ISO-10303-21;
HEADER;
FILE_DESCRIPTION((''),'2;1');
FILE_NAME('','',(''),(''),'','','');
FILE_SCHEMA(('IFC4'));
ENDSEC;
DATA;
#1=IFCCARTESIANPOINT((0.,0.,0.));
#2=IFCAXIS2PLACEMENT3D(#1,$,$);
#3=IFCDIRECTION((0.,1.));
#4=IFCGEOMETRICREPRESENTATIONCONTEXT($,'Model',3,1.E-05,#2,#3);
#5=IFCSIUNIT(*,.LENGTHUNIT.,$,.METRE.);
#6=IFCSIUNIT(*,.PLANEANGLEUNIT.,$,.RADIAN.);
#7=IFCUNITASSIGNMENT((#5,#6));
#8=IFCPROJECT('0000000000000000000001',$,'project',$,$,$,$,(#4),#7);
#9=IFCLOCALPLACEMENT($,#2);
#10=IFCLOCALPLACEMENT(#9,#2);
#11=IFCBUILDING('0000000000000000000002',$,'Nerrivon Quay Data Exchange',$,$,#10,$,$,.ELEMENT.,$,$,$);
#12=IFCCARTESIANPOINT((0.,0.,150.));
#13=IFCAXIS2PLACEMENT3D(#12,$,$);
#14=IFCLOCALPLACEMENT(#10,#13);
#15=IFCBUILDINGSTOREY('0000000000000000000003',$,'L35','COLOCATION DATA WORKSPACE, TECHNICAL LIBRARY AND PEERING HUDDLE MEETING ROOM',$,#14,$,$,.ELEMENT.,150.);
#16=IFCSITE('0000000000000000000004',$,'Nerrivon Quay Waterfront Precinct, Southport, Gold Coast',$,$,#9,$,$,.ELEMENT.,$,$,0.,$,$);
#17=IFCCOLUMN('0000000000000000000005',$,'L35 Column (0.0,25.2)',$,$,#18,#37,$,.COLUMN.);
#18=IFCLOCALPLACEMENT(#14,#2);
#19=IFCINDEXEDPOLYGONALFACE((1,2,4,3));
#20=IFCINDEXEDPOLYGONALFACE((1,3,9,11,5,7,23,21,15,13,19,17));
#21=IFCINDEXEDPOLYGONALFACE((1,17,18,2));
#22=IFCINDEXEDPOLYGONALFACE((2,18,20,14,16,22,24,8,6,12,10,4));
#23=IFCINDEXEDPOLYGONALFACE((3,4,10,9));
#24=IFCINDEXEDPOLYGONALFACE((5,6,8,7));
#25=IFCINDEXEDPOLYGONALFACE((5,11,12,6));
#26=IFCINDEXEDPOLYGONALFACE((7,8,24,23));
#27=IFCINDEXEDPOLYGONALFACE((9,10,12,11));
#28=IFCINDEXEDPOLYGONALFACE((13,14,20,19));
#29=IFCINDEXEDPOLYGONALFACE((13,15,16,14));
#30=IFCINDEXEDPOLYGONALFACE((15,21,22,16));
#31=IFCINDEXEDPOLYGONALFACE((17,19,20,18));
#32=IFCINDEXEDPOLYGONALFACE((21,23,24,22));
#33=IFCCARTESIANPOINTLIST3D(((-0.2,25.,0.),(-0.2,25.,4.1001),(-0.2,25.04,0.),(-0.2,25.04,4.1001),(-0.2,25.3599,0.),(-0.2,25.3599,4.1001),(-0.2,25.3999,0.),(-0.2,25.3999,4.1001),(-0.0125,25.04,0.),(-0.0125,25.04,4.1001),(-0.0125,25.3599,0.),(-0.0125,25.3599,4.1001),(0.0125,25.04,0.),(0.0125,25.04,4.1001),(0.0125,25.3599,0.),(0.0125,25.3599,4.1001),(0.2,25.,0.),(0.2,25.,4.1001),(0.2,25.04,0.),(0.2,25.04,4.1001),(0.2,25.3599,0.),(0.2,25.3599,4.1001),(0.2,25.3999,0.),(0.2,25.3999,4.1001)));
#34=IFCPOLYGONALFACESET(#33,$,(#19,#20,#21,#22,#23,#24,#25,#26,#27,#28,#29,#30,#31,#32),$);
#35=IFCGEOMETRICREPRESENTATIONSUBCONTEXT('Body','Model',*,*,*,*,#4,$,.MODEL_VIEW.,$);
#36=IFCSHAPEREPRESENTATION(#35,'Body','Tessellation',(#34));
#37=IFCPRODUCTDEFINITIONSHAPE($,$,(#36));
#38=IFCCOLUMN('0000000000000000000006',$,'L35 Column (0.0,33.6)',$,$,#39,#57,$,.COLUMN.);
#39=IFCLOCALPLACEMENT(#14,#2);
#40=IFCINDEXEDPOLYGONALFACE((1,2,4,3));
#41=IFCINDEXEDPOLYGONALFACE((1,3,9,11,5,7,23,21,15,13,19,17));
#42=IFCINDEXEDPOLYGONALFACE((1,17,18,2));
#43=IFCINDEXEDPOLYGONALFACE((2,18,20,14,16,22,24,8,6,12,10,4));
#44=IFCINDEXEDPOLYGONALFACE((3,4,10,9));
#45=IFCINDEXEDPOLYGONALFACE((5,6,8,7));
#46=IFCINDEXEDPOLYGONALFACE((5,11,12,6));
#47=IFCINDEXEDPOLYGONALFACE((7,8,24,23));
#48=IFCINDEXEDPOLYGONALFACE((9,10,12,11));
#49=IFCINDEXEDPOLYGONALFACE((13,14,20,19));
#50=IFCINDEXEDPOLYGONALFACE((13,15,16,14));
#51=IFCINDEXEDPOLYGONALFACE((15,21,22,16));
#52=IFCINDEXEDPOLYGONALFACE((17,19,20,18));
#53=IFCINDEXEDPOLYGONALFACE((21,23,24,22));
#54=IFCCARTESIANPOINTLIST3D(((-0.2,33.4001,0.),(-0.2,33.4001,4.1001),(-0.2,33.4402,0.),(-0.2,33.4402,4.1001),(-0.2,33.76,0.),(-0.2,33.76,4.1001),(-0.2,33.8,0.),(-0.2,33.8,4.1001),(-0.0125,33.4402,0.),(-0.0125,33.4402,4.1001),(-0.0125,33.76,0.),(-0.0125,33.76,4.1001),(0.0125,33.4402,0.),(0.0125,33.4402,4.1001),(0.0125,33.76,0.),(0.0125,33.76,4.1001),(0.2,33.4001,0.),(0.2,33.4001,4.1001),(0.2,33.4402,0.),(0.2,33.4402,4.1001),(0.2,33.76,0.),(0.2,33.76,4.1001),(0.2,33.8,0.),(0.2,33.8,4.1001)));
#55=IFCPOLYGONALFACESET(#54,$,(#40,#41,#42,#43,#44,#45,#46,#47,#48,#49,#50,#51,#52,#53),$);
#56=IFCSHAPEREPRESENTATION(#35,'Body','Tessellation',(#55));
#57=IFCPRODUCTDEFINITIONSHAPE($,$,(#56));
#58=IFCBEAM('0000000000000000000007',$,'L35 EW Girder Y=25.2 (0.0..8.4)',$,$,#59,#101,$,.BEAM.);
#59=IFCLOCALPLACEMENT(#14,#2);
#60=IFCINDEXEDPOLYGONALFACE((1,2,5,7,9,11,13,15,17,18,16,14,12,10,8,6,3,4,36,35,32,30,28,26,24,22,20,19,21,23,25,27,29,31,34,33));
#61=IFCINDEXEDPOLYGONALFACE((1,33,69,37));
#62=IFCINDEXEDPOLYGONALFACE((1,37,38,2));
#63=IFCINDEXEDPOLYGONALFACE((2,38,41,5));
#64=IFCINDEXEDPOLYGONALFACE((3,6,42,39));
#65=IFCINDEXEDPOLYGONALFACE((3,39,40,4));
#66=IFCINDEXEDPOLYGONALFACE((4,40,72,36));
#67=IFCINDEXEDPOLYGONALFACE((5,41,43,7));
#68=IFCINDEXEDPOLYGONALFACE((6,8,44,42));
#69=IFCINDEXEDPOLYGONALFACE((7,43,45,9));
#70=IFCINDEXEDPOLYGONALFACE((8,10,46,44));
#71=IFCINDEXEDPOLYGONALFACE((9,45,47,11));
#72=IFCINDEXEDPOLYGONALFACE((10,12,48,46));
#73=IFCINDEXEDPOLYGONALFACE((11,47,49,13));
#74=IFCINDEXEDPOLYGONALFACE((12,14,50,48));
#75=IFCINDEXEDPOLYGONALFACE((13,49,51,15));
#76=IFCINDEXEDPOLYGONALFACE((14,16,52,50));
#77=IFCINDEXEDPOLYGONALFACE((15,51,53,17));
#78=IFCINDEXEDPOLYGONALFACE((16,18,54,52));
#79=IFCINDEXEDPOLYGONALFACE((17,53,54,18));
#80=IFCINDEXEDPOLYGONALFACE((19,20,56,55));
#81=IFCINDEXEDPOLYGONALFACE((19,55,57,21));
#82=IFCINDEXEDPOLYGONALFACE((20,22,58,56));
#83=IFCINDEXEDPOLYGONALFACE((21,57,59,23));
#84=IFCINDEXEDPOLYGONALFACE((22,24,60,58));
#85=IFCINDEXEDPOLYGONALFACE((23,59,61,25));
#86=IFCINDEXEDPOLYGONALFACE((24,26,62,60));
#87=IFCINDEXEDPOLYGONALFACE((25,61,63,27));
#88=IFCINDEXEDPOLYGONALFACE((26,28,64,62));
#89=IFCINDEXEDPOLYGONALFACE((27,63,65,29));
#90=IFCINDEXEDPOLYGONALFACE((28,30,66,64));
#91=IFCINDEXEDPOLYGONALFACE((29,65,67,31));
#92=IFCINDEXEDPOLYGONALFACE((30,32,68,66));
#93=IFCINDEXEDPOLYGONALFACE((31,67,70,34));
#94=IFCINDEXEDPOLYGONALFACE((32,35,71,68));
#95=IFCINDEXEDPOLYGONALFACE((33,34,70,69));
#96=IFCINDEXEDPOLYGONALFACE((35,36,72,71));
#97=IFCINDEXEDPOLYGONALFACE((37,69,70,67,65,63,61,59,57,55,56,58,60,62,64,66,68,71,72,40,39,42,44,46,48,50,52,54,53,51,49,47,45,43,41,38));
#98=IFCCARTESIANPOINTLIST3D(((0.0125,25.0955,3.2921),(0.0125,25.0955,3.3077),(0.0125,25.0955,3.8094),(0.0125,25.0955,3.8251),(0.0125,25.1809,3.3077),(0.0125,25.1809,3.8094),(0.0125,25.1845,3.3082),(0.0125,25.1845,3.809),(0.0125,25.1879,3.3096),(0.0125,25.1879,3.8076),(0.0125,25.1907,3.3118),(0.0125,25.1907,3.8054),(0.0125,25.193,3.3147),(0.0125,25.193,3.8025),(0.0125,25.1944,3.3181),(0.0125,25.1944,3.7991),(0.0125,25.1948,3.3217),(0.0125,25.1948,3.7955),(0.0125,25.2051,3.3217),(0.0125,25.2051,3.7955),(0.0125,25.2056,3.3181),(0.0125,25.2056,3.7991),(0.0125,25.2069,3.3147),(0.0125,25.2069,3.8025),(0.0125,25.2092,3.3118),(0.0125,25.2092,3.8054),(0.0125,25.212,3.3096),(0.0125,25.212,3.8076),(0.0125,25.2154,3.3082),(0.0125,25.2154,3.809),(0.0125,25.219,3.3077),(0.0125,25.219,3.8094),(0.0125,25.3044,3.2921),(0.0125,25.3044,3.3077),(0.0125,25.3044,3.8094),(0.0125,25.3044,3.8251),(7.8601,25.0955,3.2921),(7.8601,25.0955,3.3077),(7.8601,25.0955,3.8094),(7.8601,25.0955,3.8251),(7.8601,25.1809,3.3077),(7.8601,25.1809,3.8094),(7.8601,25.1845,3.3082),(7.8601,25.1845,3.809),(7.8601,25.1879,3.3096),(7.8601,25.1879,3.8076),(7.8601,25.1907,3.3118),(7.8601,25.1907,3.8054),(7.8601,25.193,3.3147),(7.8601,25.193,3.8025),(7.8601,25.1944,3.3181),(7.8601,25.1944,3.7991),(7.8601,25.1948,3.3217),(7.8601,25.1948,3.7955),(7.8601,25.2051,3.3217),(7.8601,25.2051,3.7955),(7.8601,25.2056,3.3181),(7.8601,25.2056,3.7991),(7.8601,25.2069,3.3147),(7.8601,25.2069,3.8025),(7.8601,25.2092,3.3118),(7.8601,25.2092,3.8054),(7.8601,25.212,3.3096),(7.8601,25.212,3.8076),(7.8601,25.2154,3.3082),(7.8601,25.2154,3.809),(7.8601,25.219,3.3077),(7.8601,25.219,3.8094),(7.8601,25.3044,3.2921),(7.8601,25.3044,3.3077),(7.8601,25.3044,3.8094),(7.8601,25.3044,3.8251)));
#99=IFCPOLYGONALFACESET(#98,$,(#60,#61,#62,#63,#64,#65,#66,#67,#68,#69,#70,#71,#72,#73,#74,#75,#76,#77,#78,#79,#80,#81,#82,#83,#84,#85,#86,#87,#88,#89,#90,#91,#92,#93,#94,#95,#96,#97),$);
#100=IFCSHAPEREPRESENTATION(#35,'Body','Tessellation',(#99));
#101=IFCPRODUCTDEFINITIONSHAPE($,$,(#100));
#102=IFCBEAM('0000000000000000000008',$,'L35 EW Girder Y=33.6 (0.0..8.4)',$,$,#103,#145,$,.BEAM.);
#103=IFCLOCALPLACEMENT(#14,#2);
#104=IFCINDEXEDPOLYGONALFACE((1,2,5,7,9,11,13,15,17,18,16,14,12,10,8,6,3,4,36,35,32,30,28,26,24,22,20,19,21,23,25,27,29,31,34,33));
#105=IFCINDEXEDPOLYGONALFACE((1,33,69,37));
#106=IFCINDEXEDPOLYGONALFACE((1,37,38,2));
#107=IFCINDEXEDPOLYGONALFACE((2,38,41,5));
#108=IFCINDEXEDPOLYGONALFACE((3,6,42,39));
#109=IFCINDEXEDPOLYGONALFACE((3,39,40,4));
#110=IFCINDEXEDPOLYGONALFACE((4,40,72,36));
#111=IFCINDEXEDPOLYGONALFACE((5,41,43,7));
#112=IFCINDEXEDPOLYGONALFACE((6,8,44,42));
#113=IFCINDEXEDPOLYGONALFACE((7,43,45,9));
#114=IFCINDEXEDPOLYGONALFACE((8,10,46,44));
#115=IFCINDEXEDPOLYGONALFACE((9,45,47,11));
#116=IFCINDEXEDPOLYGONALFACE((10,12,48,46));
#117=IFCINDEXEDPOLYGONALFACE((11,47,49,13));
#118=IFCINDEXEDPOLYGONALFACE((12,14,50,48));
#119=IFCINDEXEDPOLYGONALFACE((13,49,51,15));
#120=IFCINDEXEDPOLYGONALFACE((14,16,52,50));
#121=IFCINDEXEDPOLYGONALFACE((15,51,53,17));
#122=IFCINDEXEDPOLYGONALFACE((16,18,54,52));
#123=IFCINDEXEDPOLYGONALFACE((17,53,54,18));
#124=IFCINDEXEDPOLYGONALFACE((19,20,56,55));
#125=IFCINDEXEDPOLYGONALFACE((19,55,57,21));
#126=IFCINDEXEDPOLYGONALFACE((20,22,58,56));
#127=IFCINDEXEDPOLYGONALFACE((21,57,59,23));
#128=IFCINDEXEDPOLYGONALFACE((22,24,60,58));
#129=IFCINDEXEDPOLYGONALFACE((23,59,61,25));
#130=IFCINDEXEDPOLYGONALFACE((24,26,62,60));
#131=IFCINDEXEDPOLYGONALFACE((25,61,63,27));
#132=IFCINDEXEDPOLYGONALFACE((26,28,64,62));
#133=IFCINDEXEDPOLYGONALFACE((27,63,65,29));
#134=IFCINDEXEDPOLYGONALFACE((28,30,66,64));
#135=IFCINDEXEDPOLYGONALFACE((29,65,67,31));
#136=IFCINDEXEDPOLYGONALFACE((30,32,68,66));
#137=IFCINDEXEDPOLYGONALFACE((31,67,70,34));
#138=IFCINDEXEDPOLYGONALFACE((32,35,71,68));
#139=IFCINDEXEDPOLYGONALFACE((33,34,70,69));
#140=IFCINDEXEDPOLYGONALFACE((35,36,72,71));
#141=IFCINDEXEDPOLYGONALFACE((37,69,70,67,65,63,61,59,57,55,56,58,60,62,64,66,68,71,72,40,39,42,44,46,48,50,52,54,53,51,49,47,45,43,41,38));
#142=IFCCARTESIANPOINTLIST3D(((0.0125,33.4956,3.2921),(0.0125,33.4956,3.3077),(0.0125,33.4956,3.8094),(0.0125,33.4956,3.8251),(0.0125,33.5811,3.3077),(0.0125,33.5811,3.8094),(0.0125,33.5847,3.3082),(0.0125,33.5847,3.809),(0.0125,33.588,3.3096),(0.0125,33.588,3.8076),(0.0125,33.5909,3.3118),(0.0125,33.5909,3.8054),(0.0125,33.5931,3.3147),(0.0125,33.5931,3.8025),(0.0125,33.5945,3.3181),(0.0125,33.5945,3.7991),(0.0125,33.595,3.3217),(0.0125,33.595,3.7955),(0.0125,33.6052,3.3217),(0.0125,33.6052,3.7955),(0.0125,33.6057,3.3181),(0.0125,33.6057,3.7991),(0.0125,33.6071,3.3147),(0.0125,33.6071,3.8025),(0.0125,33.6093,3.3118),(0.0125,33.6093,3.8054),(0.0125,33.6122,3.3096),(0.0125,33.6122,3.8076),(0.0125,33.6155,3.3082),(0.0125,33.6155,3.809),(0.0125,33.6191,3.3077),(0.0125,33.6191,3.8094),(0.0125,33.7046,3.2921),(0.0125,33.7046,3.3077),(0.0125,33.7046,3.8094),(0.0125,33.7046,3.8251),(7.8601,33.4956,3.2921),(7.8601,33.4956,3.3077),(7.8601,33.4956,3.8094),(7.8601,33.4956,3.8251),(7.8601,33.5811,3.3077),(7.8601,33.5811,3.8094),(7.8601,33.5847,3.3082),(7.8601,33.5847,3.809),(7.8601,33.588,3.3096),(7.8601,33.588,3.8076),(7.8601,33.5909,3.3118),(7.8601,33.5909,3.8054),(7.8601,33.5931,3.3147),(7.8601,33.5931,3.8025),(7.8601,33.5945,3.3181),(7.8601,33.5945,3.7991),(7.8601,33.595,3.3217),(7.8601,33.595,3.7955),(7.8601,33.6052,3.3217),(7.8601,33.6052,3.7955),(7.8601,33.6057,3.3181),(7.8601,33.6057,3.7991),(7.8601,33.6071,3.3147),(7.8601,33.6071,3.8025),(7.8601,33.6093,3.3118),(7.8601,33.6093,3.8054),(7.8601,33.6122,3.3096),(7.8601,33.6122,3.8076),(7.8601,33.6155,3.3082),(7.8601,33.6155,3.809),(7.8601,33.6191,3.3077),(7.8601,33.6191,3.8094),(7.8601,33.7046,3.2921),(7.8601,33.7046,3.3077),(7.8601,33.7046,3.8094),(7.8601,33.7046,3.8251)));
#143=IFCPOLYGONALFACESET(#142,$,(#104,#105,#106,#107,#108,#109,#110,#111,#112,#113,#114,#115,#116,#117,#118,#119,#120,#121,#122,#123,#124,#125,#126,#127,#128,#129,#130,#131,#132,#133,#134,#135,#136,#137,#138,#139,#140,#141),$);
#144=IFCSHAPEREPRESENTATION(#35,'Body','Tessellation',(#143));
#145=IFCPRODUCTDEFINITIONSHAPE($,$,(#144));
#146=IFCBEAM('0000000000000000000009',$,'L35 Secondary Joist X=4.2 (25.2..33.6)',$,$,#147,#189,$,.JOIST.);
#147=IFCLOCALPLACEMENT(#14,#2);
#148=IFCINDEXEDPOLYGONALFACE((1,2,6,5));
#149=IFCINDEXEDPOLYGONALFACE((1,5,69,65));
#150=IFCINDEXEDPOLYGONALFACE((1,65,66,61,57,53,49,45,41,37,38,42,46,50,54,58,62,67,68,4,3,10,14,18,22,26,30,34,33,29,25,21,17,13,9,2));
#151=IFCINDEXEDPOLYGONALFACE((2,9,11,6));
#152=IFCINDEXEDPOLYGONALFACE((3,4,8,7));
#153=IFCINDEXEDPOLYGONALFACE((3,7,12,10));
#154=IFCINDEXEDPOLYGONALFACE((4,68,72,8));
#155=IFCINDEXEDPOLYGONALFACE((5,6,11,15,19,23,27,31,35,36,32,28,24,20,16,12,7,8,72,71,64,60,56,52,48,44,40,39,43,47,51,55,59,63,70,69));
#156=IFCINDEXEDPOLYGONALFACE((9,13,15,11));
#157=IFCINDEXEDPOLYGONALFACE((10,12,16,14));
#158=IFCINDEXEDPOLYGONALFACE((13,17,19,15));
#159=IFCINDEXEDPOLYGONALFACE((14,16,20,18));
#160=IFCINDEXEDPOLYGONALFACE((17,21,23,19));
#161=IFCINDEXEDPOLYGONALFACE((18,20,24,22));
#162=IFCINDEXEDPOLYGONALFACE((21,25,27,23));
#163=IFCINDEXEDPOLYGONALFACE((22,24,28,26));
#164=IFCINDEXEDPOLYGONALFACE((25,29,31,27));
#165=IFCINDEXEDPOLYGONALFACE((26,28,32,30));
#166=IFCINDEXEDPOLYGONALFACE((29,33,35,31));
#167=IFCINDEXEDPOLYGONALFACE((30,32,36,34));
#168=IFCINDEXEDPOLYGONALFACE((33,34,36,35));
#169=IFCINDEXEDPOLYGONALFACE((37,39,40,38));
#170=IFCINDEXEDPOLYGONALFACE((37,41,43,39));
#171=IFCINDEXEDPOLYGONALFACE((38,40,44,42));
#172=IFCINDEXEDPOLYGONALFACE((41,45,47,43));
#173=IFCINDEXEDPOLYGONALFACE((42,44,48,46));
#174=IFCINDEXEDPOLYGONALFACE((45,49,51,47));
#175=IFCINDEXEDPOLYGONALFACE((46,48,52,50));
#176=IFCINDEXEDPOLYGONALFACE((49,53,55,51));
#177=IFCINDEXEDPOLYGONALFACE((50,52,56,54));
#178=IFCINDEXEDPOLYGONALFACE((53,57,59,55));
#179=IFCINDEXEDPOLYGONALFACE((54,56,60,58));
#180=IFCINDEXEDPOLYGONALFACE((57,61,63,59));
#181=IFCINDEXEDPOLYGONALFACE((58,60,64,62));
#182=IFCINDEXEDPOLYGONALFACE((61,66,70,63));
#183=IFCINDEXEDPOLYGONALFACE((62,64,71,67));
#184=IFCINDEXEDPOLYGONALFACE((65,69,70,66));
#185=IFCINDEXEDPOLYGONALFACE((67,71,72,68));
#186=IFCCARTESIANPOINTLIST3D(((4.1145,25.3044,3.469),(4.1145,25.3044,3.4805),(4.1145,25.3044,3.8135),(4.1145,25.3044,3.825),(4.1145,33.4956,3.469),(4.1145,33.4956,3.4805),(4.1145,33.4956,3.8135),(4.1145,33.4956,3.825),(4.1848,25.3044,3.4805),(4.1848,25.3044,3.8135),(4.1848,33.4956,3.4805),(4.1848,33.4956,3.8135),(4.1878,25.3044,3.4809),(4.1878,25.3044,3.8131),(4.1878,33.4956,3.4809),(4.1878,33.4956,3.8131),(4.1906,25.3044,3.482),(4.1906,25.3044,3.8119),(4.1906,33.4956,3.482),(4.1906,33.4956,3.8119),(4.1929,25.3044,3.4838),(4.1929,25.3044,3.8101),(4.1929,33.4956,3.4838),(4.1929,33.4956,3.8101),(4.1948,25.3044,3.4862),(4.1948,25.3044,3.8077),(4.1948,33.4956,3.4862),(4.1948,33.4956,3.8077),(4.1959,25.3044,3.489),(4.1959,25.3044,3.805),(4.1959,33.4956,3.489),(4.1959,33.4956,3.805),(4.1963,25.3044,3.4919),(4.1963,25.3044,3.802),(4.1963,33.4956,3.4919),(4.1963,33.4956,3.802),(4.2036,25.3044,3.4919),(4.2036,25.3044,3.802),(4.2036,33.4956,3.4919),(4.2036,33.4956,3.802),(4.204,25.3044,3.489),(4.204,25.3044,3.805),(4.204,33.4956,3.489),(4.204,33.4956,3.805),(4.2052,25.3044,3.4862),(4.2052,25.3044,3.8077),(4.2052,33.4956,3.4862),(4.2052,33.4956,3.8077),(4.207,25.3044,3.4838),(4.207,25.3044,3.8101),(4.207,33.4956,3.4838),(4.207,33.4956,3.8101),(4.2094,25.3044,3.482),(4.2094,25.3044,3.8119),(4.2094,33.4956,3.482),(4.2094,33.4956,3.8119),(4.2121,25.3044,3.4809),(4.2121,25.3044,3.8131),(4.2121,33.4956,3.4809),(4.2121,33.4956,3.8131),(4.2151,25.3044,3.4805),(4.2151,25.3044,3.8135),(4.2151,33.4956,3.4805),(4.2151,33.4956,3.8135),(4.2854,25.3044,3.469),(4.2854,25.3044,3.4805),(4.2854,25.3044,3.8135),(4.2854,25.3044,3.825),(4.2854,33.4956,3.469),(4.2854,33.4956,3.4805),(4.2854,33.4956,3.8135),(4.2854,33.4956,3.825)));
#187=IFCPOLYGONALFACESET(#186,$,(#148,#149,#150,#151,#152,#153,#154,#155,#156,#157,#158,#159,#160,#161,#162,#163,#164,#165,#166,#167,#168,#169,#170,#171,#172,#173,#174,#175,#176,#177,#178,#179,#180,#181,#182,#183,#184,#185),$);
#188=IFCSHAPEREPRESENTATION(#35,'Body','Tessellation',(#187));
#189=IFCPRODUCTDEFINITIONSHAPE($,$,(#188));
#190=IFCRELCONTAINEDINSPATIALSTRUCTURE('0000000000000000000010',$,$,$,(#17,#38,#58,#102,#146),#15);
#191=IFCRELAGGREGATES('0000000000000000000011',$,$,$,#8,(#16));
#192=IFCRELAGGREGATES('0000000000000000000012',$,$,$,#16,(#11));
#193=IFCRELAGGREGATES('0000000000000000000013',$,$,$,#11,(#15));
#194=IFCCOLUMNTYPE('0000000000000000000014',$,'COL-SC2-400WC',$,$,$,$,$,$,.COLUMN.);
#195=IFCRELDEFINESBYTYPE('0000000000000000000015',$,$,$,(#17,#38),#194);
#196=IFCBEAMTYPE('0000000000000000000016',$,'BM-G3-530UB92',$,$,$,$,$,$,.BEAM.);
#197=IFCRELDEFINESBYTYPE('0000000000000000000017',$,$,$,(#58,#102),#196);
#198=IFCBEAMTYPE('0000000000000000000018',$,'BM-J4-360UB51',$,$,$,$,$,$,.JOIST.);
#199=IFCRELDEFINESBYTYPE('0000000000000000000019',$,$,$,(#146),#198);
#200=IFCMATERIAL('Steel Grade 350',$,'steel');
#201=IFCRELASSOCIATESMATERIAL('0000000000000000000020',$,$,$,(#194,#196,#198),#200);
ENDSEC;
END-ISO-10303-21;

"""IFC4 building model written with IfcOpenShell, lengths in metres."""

from ifc_helpers import new_model, si_unit, direction, frame, origin, origin_2d, place, context, subcontext, project, spatial, i_section, extrude, material, material_profile, profile_set, type_object, element, save


model = new_model("IFC4")

# Units and contexts
model_context = context("Model", 3, precision=1e-05, world=origin(), true_north=direction((0.0, 1.0)))
body_context = subcontext(model_context, "Body", "Model", "MODEL_VIEW")
ifc_project = project(units=[si_unit("LENGTHUNIT", "METRE"), si_unit("PLANEANGLEUNIT", "RADIAN")], contexts=[model_context])

# Site, building, storey
site_placement = place(None, origin())
site = spatial("IfcSite", under=ifc_project, at=site_placement, Name="Nerrivon Quay Waterfront Precinct, Southport, Gold Coast", CompositionType="ELEMENT", RefElevation=0.0)
building_placement = place(site_placement, origin())
building = spatial("IfcBuilding", under=site, at=building_placement, Name="Nerrivon Quay Data Exchange", CompositionType="ELEMENT")
storey_placement = place(building_placement, frame((0.0, 0.0, 150.0)))
storey = spatial("IfcBuildingStorey", under=building, at=storey_placement, Name="L35", Description="COLOCATION DATA WORKSPACE, TECHNICAL LIBRARY AND PEERING HUDDLE MEETING ROOM", CompositionType="ELEMENT", Elevation=150.0)

# Columns
ifc_material_1 = material(Name="Steel Grade 350", Category="steel")
ifc_material_profile_1 = material_profile(ifc_material_1, i_section(OverallWidth=0.3999, OverallDepth=0.3999, WebThickness=0.0249, FlangeThickness=0.04, at=origin_2d()), Name="400WC328")
ifc_profile_set_1 = profile_set([ifc_material_profile_1], Name="Steel Grade 350")
column_type = type_object("IfcColumnType", Name="COL-SC2-400WC", PredefinedType="COLUMN", material=ifc_profile_set_1)
for number, where, z_axis, x_axis, name in (
    (1, (0.0, 25.2, 0.0), (0.0, 0.0, 1.0), (1.0, 0.0, 0.0), "L35 Column (0.0,25.2)"),
    (2, (0.0, 33.6001, 0.0), (0.0, 0.0, 1.0), (1.0, 0.0, 0.0), "L35 Column (0.0,33.6)"),
):
    element("IfcColumn", number, at=place(storey_placement, frame(where, z_axis=z_axis, x_axis=x_axis)), inside=storey, type_object=column_type, Name=name, PredefinedType="COLUMN", context=body_context, shape_type="SweptSolid", body=[
        extrude(i_section(OverallWidth=0.3999, OverallDepth=0.3999, WebThickness=0.0249, FlangeThickness=0.04, at=origin_2d()), origin(), (0.0, 0.0, 1.0), 4.1001),
    ])

# Beams
ifc_material_profile_2 = material_profile(ifc_material_1, i_section(OverallWidth=0.209, OverallDepth=0.533, WebThickness=0.0103, FlangeThickness=0.0156, FilletRadius=0.0139, at=origin_2d()), Name="530UB92.4")
ifc_profile_set_2 = profile_set([ifc_material_profile_2], Name="Steel Grade 350")
beam_type_1 = type_object("IfcBeamType", Name="BM-G3-530UB92", PredefinedType="BEAM", material=ifc_profile_set_2)
for number, where, z_axis, x_axis, name in (
    (3, (0.0125, 25.2, 3.5586), (1.0, 0.0, 0.0), (0.0, 1.0, 0.0), "L35 EW Girder Y=25.2 (0.0..8.4)"),
    (4, (0.0125, 33.6001, 3.5586), (1.0, 0.0, 0.0), (0.0, 1.0, 0.0), "L35 EW Girder Y=33.6 (0.0..8.4)"),
):
    element("IfcBeam", number, at=place(storey_placement, frame(where, z_axis=z_axis, x_axis=x_axis)), inside=storey, type_object=beam_type_1, Name=name, PredefinedType="BEAM", context=body_context, shape_type="SweptSolid", body=[
        extrude(i_section(OverallWidth=0.209, OverallDepth=0.533, WebThickness=0.0103, FlangeThickness=0.0156, FilletRadius=0.0139, at=origin_2d()), origin(), (0.0, 0.0, 1.0), 7.8477),
    ])
ifc_material_profile_3 = material_profile(ifc_material_1, i_section(OverallWidth=0.1709, OverallDepth=0.356, WebThickness=0.0073, FlangeThickness=0.0115, FilletRadius=0.0115, at=origin_2d()), Name="360UB50.7")
ifc_profile_set_3 = profile_set([ifc_material_profile_3], Name="Steel Grade 350")
beam_type_2 = type_object("IfcBeamType", Name="BM-J4-360UB51", PredefinedType="JOIST", material=ifc_profile_set_3)
beam_1_placement = place(storey_placement, frame((4.2, 25.3044, 3.647), z_axis=(0.0, 1.0, 0.0), x_axis=(-1.0, 0.0, 0.0)))
element("IfcBeam", 5, at=beam_1_placement, inside=storey, type_object=beam_type_2, Name="L35 Secondary Joist X=4.2 (25.2..33.6)", PredefinedType="JOIST", context=body_context, shape_type="SweptSolid", body=[
    extrude(i_section(OverallWidth=0.1709, OverallDepth=0.356, WebThickness=0.0073, FlangeThickness=0.0115, FilletRadius=0.0115, at=origin_2d()), origin(), (0.0, 0.0, 1.0), 8.1912),
])

save(model, "model.ifc")
